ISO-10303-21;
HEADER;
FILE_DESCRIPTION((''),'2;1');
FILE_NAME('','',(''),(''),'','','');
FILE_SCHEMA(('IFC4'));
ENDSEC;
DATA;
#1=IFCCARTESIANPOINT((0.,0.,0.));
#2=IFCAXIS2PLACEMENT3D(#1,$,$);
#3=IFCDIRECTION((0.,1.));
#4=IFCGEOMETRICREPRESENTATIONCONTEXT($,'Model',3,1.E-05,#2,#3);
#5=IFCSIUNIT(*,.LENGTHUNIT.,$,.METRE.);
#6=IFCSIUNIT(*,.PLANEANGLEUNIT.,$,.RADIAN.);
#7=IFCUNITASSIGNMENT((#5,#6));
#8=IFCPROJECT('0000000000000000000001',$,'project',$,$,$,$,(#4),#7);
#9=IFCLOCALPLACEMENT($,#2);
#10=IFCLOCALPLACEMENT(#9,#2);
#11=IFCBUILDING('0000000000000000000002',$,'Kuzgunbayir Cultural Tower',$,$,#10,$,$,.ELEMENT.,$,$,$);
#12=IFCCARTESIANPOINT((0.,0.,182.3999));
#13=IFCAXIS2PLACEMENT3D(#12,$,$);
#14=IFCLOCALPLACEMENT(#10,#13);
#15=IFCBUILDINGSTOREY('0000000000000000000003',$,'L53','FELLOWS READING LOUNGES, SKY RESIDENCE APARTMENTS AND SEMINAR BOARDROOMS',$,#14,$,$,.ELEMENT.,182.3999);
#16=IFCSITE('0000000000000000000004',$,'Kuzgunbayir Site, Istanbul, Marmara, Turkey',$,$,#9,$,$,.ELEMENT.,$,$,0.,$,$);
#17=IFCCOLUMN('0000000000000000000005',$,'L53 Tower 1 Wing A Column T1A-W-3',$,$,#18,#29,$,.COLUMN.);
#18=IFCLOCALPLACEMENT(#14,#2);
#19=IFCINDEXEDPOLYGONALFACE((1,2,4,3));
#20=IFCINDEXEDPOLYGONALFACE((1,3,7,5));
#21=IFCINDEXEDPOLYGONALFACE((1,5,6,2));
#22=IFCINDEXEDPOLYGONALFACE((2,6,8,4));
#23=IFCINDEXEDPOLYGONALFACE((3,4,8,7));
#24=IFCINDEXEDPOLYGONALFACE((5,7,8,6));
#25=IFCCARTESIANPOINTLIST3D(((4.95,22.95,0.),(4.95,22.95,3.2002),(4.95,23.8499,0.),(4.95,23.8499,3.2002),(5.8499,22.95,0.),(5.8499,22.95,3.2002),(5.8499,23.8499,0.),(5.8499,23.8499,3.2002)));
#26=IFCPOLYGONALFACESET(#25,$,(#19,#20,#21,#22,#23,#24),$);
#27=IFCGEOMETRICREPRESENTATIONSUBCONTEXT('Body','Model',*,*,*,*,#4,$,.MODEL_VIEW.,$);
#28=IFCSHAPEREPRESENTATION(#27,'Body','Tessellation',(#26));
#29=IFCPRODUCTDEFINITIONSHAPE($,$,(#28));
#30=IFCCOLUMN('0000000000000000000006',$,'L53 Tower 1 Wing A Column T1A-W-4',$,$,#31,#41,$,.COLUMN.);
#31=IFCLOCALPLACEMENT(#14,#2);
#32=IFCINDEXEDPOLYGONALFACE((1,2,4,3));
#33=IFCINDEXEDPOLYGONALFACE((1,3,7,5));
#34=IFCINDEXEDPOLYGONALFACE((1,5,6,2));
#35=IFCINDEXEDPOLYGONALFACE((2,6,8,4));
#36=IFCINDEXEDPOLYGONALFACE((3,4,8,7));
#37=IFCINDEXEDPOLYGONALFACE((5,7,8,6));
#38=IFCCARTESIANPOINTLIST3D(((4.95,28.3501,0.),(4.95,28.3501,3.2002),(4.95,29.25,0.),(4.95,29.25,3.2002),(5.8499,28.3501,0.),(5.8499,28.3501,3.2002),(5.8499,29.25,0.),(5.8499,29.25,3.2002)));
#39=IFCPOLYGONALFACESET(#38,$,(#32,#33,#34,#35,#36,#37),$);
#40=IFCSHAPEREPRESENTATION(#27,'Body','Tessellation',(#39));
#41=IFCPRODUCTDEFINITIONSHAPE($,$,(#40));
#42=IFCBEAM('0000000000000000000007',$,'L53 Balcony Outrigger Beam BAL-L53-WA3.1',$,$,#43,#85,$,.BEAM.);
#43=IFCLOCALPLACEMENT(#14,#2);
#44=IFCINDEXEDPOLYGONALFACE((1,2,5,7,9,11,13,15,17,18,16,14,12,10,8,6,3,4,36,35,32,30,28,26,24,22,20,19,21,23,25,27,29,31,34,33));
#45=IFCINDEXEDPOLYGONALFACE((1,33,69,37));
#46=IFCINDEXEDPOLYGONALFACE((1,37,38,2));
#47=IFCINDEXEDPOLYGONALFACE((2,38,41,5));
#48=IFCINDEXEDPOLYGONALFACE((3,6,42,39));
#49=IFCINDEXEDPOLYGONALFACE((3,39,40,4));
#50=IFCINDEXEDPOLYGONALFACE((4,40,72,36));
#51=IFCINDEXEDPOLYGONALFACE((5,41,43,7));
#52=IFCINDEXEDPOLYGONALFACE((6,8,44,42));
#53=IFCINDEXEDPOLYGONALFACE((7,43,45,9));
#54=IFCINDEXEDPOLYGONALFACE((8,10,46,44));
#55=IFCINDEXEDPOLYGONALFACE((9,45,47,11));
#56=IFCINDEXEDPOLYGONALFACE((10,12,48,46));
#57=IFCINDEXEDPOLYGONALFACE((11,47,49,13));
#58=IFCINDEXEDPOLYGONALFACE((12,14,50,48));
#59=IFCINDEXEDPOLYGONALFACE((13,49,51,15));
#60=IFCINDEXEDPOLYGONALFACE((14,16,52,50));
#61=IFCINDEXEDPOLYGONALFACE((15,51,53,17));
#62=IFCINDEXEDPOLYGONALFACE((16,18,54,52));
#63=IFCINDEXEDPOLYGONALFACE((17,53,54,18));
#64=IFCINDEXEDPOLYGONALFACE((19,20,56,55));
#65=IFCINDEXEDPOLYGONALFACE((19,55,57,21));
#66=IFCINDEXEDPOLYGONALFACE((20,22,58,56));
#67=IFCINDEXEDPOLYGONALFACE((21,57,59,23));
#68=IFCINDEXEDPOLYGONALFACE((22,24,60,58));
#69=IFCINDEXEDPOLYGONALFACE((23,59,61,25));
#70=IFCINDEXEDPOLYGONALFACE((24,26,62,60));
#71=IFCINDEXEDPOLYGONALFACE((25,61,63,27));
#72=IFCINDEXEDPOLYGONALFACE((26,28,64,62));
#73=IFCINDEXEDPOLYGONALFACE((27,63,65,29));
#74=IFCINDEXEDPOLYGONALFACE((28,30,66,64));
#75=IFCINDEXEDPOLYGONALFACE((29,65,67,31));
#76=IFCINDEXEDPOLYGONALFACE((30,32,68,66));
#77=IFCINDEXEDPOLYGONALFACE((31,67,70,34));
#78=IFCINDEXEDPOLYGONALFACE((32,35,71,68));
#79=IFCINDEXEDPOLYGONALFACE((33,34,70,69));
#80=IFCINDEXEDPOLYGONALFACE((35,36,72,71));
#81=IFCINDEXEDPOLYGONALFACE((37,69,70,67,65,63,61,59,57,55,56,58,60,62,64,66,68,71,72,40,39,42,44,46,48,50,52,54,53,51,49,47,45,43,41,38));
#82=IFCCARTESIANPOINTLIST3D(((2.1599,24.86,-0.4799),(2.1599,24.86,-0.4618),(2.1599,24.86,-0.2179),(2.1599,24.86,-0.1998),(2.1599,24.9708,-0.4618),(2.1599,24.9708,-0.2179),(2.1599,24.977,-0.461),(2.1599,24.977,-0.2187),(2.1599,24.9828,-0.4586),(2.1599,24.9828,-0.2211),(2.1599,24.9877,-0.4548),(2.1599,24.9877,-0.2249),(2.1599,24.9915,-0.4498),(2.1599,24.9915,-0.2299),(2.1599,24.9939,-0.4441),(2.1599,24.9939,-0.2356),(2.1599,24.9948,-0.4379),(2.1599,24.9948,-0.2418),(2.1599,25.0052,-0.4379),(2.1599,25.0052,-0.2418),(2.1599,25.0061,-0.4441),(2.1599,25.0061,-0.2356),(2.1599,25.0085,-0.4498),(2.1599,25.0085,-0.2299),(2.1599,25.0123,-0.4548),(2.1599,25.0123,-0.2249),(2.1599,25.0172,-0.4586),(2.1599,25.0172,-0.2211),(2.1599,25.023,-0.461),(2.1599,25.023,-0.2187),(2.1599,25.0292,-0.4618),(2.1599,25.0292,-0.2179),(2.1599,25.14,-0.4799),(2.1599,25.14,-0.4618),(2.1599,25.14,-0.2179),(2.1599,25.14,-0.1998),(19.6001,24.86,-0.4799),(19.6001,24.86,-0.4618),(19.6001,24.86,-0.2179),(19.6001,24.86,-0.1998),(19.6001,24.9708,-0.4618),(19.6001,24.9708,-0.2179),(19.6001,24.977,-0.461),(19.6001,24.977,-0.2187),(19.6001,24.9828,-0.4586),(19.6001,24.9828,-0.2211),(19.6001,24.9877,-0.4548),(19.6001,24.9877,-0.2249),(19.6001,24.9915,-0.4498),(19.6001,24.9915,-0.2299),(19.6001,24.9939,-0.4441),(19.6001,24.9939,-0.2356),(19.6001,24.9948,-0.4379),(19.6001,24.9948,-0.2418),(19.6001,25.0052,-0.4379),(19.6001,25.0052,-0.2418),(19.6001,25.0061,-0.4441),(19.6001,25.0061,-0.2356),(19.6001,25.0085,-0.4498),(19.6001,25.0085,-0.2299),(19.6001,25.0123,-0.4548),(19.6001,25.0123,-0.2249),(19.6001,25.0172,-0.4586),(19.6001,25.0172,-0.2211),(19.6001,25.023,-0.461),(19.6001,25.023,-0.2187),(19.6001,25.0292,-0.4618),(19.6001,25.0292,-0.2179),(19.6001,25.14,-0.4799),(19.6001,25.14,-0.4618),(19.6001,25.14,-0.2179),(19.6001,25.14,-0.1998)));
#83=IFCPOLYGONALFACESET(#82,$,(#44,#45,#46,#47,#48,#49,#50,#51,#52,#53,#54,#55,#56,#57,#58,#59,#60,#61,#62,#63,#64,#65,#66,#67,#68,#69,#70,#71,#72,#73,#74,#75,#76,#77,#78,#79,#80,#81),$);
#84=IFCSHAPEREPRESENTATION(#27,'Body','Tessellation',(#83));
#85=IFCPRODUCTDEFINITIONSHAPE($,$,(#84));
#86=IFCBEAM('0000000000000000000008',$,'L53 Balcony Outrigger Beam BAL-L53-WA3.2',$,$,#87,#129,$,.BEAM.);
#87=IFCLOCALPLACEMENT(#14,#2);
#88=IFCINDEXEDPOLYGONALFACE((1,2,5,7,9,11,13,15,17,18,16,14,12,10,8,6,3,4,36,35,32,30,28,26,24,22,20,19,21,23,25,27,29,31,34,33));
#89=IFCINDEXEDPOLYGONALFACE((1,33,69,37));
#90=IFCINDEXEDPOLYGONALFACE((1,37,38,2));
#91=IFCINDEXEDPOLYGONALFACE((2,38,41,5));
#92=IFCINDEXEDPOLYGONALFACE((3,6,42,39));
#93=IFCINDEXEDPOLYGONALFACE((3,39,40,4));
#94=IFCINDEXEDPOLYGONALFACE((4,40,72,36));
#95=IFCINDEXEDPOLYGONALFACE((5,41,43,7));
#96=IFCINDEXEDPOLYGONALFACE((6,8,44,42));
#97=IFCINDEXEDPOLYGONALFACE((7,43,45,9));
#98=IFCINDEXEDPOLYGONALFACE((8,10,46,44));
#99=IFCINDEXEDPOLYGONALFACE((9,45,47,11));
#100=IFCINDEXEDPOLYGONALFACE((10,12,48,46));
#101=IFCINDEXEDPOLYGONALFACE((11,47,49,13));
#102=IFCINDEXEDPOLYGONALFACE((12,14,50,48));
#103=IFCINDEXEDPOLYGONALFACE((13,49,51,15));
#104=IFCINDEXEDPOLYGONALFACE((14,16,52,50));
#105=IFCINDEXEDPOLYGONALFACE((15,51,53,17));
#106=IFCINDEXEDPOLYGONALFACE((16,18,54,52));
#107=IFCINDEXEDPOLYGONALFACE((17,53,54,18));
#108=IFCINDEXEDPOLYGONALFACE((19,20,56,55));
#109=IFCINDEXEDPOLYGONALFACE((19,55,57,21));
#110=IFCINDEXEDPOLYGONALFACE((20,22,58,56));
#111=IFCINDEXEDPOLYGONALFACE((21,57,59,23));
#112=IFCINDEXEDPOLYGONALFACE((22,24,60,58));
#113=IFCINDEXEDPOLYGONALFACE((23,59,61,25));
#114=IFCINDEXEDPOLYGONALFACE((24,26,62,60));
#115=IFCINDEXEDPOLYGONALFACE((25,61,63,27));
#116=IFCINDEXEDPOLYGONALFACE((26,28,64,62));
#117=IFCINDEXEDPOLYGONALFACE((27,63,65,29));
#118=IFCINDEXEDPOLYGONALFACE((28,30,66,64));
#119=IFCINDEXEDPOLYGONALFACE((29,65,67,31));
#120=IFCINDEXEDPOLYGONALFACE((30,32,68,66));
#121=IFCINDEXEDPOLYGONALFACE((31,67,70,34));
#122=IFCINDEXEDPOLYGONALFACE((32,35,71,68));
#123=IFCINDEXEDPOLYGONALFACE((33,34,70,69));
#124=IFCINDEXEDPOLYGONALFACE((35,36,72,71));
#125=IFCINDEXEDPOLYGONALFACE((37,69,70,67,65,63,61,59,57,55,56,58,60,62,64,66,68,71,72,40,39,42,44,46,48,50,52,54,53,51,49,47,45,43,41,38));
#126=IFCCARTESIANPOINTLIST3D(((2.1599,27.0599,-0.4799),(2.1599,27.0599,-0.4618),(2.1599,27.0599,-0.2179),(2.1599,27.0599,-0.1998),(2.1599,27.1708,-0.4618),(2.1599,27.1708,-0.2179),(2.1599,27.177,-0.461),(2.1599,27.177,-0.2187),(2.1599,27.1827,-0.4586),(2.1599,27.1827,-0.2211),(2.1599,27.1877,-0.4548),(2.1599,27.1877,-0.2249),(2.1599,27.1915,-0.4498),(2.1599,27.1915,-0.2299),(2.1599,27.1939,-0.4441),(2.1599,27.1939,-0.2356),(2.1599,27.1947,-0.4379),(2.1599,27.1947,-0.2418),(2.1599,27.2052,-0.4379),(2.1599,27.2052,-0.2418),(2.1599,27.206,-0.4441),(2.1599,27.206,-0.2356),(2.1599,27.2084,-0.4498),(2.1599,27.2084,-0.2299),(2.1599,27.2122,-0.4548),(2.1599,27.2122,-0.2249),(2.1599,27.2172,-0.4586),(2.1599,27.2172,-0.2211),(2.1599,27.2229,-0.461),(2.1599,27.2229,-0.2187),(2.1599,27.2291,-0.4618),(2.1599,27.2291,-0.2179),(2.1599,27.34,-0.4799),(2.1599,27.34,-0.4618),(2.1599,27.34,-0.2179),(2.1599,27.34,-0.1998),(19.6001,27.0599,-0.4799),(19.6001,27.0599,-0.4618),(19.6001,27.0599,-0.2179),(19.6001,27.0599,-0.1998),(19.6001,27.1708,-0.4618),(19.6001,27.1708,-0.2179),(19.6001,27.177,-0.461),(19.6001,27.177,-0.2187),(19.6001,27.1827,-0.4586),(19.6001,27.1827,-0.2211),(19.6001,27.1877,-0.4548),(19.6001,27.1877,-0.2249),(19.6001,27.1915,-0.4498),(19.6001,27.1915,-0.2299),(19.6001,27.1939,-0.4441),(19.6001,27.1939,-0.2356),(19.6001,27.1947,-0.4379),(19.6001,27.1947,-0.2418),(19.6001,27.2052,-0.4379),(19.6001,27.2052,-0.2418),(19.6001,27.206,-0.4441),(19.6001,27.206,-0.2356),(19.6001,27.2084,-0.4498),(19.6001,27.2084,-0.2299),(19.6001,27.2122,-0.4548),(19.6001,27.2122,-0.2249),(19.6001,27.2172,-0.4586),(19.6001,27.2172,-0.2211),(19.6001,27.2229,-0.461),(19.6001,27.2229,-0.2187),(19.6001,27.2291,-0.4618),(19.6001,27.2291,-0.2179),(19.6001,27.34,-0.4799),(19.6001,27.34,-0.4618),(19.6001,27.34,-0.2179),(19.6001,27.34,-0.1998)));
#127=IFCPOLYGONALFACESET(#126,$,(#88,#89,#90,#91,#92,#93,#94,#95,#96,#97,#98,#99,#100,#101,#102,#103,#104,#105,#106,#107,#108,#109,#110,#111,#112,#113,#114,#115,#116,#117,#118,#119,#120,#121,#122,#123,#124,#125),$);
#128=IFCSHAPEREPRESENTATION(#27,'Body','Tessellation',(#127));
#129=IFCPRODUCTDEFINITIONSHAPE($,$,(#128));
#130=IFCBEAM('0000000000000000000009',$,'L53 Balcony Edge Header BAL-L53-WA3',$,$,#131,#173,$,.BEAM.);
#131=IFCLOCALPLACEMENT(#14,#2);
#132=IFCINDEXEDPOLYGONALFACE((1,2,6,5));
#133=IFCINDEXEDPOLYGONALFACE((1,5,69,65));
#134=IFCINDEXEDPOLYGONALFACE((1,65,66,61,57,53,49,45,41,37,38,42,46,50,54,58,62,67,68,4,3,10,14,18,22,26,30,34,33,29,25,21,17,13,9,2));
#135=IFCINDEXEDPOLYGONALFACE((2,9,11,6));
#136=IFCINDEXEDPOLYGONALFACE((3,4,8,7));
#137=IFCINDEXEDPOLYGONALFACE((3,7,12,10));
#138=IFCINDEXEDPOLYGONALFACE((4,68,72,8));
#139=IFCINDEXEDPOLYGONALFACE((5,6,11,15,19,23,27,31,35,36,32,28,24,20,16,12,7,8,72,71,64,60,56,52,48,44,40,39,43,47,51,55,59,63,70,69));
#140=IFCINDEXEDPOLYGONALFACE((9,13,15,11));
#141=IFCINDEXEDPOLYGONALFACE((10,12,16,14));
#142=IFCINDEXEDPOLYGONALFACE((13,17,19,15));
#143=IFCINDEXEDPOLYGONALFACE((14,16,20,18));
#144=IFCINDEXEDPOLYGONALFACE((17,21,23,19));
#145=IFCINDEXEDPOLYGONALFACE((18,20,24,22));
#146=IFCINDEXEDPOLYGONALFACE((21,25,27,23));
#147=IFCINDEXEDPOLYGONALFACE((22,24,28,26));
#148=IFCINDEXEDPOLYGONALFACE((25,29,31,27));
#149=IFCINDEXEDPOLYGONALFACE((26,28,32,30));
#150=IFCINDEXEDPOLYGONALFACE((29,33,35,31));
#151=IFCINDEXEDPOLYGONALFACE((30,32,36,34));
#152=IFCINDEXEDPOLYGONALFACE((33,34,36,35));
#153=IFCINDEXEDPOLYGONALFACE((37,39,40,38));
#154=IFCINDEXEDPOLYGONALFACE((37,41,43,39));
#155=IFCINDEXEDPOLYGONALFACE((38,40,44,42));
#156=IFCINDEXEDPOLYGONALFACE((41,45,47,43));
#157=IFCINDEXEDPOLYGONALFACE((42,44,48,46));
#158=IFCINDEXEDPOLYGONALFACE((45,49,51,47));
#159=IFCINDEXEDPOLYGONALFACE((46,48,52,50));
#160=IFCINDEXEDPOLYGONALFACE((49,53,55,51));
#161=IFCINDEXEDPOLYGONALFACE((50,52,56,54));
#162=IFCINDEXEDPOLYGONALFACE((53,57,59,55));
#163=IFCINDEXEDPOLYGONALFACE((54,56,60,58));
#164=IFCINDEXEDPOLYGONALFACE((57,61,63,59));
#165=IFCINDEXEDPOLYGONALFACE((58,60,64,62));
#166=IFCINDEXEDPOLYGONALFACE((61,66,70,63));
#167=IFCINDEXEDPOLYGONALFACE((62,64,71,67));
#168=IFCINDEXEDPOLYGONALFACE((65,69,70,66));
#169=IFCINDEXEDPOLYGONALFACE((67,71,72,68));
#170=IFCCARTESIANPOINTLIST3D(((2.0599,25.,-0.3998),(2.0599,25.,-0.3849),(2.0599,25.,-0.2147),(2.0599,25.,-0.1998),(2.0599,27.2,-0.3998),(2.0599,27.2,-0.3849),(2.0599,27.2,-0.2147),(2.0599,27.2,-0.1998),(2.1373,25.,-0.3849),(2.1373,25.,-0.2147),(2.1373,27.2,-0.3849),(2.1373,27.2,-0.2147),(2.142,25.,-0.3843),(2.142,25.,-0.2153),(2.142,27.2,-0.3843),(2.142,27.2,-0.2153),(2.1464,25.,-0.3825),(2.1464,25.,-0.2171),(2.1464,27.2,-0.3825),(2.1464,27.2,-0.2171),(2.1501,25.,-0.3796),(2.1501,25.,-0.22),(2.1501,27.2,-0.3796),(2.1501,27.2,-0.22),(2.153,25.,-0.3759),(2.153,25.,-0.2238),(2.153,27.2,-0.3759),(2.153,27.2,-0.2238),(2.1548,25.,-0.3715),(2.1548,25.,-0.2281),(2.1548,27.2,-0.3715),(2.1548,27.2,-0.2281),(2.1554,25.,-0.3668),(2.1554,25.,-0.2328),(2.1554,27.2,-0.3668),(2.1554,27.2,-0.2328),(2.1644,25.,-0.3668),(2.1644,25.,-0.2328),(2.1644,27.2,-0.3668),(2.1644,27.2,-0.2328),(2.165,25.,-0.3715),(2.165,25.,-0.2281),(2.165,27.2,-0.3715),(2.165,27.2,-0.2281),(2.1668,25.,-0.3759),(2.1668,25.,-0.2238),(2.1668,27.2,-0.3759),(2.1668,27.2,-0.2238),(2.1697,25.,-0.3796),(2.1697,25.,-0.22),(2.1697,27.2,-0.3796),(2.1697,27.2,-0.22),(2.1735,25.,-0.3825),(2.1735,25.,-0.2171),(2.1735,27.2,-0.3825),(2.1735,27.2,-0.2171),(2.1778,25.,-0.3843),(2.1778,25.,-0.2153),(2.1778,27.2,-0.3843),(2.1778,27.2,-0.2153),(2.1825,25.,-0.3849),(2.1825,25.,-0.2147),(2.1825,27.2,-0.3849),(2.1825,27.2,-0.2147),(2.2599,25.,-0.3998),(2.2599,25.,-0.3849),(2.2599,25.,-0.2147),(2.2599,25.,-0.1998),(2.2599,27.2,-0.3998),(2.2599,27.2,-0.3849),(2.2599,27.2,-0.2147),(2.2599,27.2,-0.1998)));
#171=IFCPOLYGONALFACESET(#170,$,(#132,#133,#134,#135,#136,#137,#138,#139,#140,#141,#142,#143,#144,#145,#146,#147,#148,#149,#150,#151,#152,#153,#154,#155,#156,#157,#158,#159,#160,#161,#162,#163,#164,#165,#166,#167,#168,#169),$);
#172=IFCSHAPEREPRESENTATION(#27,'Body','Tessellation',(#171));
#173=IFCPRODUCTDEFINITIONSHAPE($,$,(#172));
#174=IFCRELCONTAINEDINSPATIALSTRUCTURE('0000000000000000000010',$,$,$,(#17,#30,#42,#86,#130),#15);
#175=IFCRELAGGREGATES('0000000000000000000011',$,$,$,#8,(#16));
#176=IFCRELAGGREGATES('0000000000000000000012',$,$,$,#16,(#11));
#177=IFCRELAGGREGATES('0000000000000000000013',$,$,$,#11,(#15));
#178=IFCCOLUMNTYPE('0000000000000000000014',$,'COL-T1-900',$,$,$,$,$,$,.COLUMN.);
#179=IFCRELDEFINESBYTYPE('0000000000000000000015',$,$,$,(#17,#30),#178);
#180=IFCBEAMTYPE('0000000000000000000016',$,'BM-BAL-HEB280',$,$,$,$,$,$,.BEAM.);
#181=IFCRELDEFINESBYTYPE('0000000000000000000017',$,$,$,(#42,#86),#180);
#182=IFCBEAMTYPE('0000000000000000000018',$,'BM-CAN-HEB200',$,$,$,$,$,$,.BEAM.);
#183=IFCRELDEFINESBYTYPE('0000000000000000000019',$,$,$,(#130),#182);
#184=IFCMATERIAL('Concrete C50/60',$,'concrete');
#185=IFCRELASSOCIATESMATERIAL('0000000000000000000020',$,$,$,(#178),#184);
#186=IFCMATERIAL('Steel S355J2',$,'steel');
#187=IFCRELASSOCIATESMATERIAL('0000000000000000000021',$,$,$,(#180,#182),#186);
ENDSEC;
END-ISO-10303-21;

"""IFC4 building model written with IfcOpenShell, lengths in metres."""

from ifc_helpers import new_model, si_unit, direction, frame, origin, origin_2d, place, context, subcontext, project, spatial, rectangle, i_section, extrude, material, material_profile, profile_set, type_object, element, save


model = new_model("IFC4")

# Units and contexts
model_context = context("Model", 3, precision=1e-05, world=origin(), true_north=direction((0.0, 1.0)))
body_context = subcontext(model_context, "Body", "Model", "MODEL_VIEW")
ifc_project = project(units=[si_unit("LENGTHUNIT", "METRE"), si_unit("PLANEANGLEUNIT", "RADIAN")], contexts=[model_context])

# Site, building, storey
site_placement = place(None, origin())
site = spatial("IfcSite", under=ifc_project, at=site_placement, Name="Kuzgunbayir Site, Istanbul, Marmara, Turkey", CompositionType="ELEMENT", RefElevation=0.0)
building_placement = place(site_placement, origin())
building = spatial("IfcBuilding", under=site, at=building_placement, Name="Kuzgunbayir Cultural Tower", CompositionType="ELEMENT")
storey_placement = place(building_placement, frame((0.0, 0.0, 182.3999)))
storey = spatial("IfcBuildingStorey", under=building, at=storey_placement, Name="L53", Description="FELLOWS READING LOUNGES, SKY RESIDENCE APARTMENTS AND SEMINAR BOARDROOMS", CompositionType="ELEMENT", Elevation=182.3999)

# Columns
ifc_material_1 = material(Name="Concrete C50/60", Category="concrete")
ifc_material_profile_1 = material_profile(ifc_material_1, rectangle(XDim=0.8999, YDim=0.8999, at=origin_2d()), Name="RC 900x900")
ifc_profile_set_1 = profile_set([ifc_material_profile_1], Name="Concrete C50/60")
column_type = type_object("IfcColumnType", Name="COL-T1-900", PredefinedType="COLUMN", material=ifc_profile_set_1)
for number, where, z_axis, x_axis, name in (
    (1, (5.3999, 23.3999, 0.0), (0.0, 0.0, 1.0), (1.0, 0.0, 0.0), "L53 Tower 1 Wing A Column T1A-W-3"),
    (2, (5.3999, 28.8, 0.0), (0.0, 0.0, 1.0), (1.0, 0.0, 0.0), "L53 Tower 1 Wing A Column T1A-W-4"),
):
    element("IfcColumn", number, at=place(storey_placement, frame(where, z_axis=z_axis, x_axis=x_axis)), inside=storey, type_object=column_type, Name=name, PredefinedType="COLUMN", context=body_context, shape_type="SweptSolid", body=[
        extrude(rectangle(XDim=0.8999, YDim=0.8999, at=origin_2d()), origin(), (0.0, 0.0, 1.0), 3.2002),
    ])

# Beams
ifc_material_2 = material(Name="Steel S355J2", Category="steel")
ifc_material_profile_2 = material_profile(ifc_material_2, i_section(OverallWidth=0.28, OverallDepth=0.28, WebThickness=0.0105, FlangeThickness=0.0181, FilletRadius=0.0239, at=origin_2d()), Name="HEB 280")
ifc_profile_set_2 = profile_set([ifc_material_profile_2], Name="Steel S355J2")
beam_type_1 = type_object("IfcBeamType", Name="BM-BAL-HEB280", PredefinedType="BEAM", material=ifc_profile_set_2)
for number, where, z_axis, x_axis, name in (
    (3, (2.1599, 25.0, -0.3398), (1.0, 0.0, 0.0), (0.0, 1.0, 0.0), "L53 Balcony Outrigger Beam BAL-L53-WA3.1"),
    (4, (2.1599, 27.2, -0.3398), (1.0, 0.0, 0.0), (0.0, 1.0, 0.0), "L53 Balcony Outrigger Beam BAL-L53-WA3.2"),
):
    element("IfcBeam", number, at=place(storey_placement, frame(where, z_axis=z_axis, x_axis=x_axis)), inside=storey, type_object=beam_type_1, Name=name, PredefinedType="BEAM", context=body_context, shape_type="SweptSolid", body=[
        extrude(i_section(OverallWidth=0.28, OverallDepth=0.28, WebThickness=0.0105, FlangeThickness=0.0181, FilletRadius=0.0239, at=origin_2d()), origin(), (0.0, 0.0, 1.0), 17.4402),
    ])
ifc_material_profile_3 = material_profile(ifc_material_2, i_section(OverallWidth=0.2, OverallDepth=0.2, WebThickness=0.009, FlangeThickness=0.0149, FilletRadius=0.0181, at=origin_2d()), Name="HEB 200")
ifc_profile_set_3 = profile_set([ifc_material_profile_3], Name="Steel S355J2")
beam_type_2 = type_object("IfcBeamType", Name="BM-CAN-HEB200", PredefinedType="BEAM", material=ifc_profile_set_3)
beam_1_placement = place(storey_placement, frame((2.1599, 25.0, -0.2998), z_axis=(0.0, 1.0, 0.0), x_axis=(-1.0, 0.0, 0.0)))
element("IfcBeam", 5, at=beam_1_placement, inside=storey, type_object=beam_type_2, Name="L53 Balcony Edge Header BAL-L53-WA3", PredefinedType="BEAM", context=body_context, shape_type="SweptSolid", body=[
    extrude(i_section(OverallWidth=0.2, OverallDepth=0.2, WebThickness=0.009, FlangeThickness=0.0149, FilletRadius=0.0181, at=origin_2d()), origin(), (0.0, 0.0, 1.0), 2.2),
])

save(model, "model.ifc")
